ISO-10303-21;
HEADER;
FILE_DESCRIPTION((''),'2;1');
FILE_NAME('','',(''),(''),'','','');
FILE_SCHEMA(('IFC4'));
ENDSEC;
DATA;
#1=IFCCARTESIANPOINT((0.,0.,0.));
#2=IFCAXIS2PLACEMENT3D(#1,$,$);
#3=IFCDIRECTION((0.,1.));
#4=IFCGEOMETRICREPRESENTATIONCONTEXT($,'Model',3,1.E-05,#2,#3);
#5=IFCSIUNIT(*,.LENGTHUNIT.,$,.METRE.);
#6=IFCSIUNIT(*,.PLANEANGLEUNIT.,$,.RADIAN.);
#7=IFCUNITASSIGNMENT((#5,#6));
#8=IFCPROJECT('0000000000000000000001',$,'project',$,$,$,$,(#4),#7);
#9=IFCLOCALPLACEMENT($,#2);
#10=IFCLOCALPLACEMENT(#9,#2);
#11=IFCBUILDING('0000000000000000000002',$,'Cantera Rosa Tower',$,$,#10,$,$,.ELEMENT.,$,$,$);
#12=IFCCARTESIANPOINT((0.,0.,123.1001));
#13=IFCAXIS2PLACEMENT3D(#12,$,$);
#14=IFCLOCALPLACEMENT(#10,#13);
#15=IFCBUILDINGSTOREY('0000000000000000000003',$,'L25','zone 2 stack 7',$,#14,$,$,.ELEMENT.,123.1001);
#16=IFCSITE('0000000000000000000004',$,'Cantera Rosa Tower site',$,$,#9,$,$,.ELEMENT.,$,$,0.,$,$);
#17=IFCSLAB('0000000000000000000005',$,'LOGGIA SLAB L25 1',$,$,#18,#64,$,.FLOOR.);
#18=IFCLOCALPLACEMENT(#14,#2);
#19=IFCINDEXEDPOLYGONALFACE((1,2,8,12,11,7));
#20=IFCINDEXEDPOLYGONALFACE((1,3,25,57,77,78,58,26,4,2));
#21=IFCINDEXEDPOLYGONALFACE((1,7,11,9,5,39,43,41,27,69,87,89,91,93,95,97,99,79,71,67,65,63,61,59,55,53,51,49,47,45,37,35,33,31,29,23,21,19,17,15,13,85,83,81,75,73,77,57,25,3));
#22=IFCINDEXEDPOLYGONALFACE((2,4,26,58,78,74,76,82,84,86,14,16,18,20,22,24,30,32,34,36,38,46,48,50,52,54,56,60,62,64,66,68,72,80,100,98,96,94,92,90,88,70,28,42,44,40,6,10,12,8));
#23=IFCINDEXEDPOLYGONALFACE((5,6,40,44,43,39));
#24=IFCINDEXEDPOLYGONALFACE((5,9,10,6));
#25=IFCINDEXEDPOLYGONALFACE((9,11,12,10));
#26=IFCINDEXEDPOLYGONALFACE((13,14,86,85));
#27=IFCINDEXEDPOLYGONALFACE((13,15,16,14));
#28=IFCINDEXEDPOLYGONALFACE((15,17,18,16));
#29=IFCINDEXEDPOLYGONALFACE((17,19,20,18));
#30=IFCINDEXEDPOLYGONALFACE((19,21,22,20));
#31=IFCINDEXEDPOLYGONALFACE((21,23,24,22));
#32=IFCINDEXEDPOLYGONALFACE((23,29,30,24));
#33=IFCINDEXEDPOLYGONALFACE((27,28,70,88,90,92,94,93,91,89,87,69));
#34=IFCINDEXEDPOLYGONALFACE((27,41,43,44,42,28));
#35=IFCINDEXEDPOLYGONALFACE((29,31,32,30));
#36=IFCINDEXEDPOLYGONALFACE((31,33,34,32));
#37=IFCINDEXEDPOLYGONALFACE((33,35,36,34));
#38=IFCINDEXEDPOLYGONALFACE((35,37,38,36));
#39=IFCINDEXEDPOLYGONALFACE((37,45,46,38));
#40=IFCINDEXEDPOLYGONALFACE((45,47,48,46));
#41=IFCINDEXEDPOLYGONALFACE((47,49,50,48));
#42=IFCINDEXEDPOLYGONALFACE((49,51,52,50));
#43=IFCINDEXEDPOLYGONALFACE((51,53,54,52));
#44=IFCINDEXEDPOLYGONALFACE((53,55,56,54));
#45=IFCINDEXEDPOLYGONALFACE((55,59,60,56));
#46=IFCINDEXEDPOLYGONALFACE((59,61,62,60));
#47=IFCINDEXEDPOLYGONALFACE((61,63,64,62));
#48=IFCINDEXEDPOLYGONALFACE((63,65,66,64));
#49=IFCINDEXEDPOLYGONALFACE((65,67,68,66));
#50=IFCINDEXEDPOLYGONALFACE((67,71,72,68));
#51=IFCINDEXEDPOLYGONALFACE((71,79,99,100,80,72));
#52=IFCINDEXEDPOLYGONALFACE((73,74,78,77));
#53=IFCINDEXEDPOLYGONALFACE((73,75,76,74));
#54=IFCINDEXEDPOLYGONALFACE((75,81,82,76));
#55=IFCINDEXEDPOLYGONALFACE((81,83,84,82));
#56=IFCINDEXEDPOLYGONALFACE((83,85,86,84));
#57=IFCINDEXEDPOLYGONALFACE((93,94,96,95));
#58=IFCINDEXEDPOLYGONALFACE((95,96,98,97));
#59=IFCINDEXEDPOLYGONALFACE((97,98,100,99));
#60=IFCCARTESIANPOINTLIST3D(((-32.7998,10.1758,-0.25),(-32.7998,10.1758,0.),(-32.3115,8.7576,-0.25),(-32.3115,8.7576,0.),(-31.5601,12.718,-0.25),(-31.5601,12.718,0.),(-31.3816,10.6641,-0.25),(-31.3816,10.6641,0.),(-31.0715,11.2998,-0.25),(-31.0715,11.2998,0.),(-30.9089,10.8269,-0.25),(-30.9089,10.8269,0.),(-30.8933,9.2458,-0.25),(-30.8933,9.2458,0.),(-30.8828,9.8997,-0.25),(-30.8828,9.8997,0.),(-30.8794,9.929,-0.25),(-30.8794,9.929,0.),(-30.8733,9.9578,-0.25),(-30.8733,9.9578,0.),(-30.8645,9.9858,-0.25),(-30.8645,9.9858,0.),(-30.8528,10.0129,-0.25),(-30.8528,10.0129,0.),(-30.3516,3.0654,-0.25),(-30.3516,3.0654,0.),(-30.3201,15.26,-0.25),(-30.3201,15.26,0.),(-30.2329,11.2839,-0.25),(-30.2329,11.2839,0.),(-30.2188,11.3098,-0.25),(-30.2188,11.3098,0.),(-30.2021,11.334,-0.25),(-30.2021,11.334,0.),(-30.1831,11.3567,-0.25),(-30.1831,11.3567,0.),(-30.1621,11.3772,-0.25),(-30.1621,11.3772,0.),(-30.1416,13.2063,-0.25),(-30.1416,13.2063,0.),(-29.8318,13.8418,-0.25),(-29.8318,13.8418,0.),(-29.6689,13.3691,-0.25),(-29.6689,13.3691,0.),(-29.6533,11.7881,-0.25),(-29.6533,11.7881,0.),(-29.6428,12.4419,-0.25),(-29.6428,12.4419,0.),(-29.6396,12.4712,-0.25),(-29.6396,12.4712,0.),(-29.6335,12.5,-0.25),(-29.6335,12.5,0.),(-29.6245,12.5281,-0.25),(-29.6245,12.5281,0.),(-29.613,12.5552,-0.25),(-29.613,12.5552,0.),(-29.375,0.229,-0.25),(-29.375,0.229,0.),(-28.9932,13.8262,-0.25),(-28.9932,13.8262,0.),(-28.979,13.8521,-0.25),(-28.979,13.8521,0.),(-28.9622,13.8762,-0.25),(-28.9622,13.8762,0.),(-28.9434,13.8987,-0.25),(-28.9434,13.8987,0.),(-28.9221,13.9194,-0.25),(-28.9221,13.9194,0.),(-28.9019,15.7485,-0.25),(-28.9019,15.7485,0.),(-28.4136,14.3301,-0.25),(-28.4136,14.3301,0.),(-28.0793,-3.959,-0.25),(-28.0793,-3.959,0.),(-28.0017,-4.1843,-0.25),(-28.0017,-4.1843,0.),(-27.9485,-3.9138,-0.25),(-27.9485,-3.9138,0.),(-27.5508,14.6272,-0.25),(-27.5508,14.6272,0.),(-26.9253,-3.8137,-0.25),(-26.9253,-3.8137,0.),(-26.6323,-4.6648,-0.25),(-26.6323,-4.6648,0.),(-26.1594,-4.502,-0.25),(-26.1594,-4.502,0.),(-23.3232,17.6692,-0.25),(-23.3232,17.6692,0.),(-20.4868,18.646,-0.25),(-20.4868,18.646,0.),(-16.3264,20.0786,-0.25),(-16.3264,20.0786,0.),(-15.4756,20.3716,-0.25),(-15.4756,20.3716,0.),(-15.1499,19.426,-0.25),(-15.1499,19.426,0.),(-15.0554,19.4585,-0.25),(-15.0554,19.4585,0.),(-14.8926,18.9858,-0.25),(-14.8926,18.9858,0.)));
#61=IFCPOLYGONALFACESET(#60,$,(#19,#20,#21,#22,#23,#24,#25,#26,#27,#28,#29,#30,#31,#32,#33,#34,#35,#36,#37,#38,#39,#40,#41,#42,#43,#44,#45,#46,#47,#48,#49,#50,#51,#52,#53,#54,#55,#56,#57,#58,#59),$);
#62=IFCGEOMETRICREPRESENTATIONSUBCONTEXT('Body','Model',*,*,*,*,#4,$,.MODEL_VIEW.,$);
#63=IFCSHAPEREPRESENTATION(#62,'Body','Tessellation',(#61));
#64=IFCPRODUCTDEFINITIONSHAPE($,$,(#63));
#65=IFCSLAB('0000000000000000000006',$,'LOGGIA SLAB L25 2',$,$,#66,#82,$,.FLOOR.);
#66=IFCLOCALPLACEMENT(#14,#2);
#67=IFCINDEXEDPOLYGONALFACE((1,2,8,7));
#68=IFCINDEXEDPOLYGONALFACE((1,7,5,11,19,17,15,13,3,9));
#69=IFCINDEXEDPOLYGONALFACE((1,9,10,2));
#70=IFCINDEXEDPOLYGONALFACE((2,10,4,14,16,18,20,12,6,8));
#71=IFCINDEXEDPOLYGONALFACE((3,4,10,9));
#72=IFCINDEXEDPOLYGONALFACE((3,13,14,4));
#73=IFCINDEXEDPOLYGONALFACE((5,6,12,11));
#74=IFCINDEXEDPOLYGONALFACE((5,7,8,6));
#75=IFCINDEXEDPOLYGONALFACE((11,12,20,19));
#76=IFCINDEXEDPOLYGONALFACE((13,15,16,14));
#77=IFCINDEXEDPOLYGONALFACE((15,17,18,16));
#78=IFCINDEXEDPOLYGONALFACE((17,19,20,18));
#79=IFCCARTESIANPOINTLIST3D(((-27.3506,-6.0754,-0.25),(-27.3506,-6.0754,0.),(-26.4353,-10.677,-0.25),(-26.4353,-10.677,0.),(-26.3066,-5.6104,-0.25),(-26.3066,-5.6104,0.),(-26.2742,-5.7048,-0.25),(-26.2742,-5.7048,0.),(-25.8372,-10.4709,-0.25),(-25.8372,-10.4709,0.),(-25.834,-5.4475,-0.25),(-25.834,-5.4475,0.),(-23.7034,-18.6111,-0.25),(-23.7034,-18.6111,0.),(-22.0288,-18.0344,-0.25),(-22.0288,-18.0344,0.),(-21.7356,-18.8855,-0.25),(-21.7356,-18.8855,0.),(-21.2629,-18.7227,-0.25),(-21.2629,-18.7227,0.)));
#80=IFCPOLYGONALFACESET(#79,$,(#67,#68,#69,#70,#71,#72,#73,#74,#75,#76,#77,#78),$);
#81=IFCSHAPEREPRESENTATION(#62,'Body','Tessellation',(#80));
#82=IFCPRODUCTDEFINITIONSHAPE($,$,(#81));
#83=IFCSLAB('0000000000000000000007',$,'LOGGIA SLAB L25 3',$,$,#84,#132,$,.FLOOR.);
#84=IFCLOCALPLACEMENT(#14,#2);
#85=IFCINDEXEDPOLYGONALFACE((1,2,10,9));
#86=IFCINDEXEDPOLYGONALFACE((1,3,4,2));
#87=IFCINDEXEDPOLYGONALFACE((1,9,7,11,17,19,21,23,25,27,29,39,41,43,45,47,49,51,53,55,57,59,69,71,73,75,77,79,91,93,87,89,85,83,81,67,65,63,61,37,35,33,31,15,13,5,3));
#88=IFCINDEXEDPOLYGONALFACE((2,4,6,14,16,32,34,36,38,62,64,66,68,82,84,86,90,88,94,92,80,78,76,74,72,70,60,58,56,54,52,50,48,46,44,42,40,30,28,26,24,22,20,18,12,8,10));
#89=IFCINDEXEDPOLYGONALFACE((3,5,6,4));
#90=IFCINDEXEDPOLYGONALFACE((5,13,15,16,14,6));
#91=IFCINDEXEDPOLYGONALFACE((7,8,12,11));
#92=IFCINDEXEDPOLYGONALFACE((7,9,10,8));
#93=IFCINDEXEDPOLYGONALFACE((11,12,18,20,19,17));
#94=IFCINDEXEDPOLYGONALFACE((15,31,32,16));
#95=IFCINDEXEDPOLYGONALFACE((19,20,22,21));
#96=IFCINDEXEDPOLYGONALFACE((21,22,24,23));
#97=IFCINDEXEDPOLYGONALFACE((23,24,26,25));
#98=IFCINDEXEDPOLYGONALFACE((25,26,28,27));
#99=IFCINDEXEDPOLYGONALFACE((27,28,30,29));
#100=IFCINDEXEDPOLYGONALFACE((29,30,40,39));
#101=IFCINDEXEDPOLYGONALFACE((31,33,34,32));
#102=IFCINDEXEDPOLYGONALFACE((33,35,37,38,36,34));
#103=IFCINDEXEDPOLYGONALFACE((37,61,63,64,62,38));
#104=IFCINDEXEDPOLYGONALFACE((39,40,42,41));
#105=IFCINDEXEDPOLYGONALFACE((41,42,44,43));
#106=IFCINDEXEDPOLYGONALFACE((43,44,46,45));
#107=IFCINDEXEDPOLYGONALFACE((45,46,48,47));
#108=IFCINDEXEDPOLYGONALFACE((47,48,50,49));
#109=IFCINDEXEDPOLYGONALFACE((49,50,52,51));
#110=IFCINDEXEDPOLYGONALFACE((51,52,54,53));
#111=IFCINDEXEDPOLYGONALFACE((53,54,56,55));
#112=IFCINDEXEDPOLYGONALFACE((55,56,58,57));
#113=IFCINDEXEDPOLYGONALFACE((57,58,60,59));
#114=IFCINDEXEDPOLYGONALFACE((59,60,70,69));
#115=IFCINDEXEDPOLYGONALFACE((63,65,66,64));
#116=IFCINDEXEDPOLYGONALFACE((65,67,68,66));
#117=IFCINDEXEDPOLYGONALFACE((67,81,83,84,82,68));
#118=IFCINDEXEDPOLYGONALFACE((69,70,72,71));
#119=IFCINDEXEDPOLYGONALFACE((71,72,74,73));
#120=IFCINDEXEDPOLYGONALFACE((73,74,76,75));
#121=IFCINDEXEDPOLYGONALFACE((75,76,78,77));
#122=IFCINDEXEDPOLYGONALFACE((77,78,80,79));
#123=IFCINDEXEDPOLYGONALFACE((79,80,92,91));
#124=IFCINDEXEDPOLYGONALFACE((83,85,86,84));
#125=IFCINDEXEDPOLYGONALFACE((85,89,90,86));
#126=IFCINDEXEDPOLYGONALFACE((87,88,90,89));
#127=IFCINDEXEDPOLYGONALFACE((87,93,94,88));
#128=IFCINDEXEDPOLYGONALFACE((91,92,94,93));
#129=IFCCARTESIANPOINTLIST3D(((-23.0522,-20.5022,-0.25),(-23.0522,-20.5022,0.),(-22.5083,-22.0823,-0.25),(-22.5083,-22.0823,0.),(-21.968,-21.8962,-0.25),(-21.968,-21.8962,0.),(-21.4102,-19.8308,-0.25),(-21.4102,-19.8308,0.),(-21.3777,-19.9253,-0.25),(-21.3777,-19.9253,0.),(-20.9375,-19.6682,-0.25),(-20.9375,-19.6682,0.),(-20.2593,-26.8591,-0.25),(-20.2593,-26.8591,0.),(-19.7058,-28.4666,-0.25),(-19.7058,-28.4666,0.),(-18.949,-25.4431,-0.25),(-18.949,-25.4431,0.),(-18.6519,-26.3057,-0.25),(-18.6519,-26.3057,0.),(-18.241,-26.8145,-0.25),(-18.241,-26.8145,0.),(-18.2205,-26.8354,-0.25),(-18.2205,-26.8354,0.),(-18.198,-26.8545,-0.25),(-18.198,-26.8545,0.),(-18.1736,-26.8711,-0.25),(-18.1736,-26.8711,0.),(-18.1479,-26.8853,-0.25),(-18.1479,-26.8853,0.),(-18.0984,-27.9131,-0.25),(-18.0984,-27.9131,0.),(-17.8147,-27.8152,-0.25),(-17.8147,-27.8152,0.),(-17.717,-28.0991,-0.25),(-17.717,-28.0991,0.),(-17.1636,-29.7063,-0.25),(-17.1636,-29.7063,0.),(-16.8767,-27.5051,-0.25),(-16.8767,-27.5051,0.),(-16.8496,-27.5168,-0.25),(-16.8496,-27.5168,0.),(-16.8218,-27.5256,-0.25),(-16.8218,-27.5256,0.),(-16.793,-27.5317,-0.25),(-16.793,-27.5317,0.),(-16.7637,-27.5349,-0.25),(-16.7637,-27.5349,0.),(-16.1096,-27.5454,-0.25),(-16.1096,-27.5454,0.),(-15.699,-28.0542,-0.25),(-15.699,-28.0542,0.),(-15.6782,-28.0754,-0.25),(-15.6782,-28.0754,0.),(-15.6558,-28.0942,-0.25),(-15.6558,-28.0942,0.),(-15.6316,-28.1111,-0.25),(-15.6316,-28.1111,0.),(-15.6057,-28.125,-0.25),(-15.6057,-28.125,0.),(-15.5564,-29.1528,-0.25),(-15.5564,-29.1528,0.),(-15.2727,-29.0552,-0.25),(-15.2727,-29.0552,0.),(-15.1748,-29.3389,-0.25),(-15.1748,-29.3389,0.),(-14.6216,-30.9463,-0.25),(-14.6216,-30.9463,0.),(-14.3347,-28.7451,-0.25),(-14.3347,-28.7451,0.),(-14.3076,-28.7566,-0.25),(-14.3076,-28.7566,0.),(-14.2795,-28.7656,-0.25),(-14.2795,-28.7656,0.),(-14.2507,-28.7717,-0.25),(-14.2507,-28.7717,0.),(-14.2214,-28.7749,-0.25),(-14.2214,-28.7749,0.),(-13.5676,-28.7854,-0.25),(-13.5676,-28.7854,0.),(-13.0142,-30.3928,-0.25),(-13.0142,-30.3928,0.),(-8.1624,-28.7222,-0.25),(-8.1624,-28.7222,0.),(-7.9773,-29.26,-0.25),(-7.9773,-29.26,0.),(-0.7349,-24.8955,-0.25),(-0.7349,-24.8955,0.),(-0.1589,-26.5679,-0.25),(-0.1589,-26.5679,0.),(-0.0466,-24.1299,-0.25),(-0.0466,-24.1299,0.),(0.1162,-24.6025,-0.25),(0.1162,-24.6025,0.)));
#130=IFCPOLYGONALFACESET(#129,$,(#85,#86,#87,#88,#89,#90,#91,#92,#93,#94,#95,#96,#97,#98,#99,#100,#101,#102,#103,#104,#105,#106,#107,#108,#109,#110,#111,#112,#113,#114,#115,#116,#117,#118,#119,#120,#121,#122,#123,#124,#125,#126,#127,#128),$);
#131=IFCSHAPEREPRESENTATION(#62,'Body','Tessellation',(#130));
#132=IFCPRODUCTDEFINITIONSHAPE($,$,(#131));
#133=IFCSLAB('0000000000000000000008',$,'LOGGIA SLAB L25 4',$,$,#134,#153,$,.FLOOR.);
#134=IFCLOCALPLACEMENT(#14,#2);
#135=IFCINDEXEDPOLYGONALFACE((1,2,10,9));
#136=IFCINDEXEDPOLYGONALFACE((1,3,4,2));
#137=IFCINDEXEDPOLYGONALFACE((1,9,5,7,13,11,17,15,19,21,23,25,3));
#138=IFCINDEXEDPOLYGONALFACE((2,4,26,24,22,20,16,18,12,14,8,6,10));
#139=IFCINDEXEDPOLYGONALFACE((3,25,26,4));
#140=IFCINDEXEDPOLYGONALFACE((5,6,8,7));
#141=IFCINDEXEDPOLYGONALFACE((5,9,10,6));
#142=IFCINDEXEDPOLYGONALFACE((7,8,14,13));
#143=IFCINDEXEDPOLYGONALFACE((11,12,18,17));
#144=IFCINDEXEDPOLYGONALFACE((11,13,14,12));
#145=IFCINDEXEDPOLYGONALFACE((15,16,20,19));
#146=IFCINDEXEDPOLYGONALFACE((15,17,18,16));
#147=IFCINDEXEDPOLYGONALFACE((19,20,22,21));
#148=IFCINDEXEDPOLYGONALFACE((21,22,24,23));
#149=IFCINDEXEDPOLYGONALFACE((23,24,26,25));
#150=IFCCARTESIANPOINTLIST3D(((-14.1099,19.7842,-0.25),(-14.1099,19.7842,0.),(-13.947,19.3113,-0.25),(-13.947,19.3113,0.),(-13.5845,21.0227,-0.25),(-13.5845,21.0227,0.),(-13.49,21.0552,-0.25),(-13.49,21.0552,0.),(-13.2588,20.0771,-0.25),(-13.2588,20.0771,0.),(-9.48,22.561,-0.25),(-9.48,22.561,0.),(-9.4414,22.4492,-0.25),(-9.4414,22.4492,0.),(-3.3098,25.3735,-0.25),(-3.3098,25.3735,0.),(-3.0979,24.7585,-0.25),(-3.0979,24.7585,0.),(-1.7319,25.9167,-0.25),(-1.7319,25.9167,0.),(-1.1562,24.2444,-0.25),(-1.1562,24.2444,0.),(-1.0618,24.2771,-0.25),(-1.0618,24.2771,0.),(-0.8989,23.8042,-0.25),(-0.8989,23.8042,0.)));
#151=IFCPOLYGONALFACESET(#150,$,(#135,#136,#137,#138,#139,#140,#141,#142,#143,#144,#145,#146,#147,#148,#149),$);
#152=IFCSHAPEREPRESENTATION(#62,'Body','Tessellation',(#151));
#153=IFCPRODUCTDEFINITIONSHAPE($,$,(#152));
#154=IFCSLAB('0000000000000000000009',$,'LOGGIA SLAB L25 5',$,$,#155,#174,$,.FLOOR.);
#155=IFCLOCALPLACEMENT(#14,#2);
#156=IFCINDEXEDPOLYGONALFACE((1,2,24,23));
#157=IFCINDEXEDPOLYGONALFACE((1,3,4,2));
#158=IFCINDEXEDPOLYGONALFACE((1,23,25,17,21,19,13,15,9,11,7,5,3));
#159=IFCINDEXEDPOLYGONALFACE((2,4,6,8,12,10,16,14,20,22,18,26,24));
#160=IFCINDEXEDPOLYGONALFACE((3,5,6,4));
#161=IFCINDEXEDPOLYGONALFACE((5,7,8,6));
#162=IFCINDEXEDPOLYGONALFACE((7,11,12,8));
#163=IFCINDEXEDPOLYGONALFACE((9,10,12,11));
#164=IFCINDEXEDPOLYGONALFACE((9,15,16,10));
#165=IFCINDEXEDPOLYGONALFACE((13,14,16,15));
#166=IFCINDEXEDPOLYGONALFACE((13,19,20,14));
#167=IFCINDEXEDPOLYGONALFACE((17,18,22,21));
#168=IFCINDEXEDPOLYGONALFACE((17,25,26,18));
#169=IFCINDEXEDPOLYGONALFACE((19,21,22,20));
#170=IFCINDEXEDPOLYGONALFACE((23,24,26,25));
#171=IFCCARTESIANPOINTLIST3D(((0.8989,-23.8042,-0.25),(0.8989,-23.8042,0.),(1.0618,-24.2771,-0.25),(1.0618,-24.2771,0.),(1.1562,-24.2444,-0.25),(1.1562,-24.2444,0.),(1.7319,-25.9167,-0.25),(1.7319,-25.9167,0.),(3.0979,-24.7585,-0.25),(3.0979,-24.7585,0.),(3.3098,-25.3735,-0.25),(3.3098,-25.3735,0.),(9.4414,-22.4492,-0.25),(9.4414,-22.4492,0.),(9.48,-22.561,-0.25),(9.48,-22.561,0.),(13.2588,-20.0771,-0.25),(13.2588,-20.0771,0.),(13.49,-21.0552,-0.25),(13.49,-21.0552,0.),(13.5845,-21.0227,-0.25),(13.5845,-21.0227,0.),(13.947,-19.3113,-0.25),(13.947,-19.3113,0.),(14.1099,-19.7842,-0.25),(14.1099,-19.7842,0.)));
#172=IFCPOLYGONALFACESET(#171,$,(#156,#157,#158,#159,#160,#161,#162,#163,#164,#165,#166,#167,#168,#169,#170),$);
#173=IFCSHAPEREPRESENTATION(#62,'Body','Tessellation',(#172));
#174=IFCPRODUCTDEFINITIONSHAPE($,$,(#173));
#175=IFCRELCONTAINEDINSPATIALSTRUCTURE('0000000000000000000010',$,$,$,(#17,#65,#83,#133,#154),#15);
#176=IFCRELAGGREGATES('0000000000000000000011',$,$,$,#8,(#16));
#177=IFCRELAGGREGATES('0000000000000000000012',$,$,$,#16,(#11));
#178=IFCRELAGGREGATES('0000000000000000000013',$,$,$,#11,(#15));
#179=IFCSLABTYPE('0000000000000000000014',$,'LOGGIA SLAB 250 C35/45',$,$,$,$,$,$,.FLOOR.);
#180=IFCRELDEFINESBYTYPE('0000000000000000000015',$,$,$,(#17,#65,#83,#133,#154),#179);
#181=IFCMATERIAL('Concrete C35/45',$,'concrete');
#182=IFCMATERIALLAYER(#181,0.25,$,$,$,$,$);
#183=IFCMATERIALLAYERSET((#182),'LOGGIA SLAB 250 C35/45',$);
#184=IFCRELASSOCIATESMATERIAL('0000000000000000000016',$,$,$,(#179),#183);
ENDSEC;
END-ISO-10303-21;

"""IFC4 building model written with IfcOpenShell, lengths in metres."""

from ifc_helpers import new_model, si_unit, direction, frame, origin, place, context, subcontext, project, spatial, polyline, outline, extrude, material, layer, layer_set, type_object, element, save


model = new_model("IFC4")

# Units and contexts
model_context = context("Model", 3, precision=1e-05, world=origin(), true_north=direction((0.0, 1.0)))
body_context = subcontext(model_context, "Body", "Model", "MODEL_VIEW")
ifc_project = project(units=[si_unit("LENGTHUNIT", "METRE"), si_unit("PLANEANGLEUNIT", "RADIAN")], contexts=[model_context])

# Site, building, storey
site_placement = place(None, origin())
site = spatial("IfcSite", under=ifc_project, at=site_placement, Name="Cantera Rosa Tower site", CompositionType="ELEMENT", RefElevation=0.0)
building_placement = place(site_placement, origin())
building = spatial("IfcBuilding", under=site, at=building_placement, Name="Cantera Rosa Tower", CompositionType="ELEMENT")
storey_placement = place(building_placement, frame((0.0, 0.0, 123.1001)))
storey = spatial("IfcBuildingStorey", under=building, at=storey_placement, Name="L25", Description="zone 2 stack 7", CompositionType="ELEMENT", Elevation=123.1001)

# Slabs
ifc_material_1 = material(Name="Concrete C35/45", Category="concrete")
ifc_layer_1 = layer(ifc_material_1, 0.25)
ifc_layer_set_1 = layer_set([ifc_layer_1], Name="LOGGIA SLAB 250 C35/45")
slab_type_1 = type_object("IfcSlabType", Name="LOGGIA SLAB 250 C35/45", PredefinedType="FLOOR", material=ifc_layer_set_1)
slab_1_placement = place(storey_placement, frame((0.0, 0.0, -0.25)))
element("IfcSlab", 1, at=slab_1_placement, inside=storey, type_object=slab_type_1, Name="LOGGIA SLAB L25 1", PredefinedType="FLOOR", context=body_context, shape_type="SweptSolid", body=[
    extrude(outline(polyline([(-32.7998, 10.1758), (-31.3816, 10.6641), (-30.9089, 10.8269), (-31.0715, 11.2998), (-31.5601, 12.718), (-30.1416, 13.2063), (-29.6689, 13.3691), (-29.8318, 13.8418), (-30.3201, 15.26), (-28.9019, 15.7485), (-23.3232, 17.6692), (-20.4868, 18.646), (-16.3264, 20.0786), (-15.4756, 20.3716), (-15.1499, 19.426), (-15.0554, 19.4585), (-14.8926, 18.9858), (-27.5508, 14.6272), (-28.4136, 14.3301), (-28.9221, 13.9194), (-28.9434, 13.8987), (-28.9622, 13.8762), (-28.979, 13.8521), (-28.9932, 13.8262), (-29.613, 12.5552), (-29.6245, 12.5281), (-29.6335, 12.5), (-29.6396, 12.4712), (-29.6428, 12.4419), (-29.6533, 11.7881), (-30.1621, 11.3772), (-30.1831, 11.3567), (-30.2021, 11.334), (-30.2188, 11.3098), (-30.2329, 11.2839), (-30.8528, 10.0129), (-30.8645, 9.9858), (-30.8733, 9.9578), (-30.8794, 9.929), (-30.8828, 9.8997), (-30.8933, 9.2458), (-26.1594, -4.502), (-26.6323, -4.6648), (-26.9253, -3.8137), (-28.0017, -4.1843), (-28.0793, -3.959), (-27.9485, -3.9138), (-29.375, 0.229), (-30.3516, 3.0654), (-32.3115, 8.7576), (-32.7998, 10.1758)])), origin(), (0.0, 0.0, 1.0), 0.25),
])
slab_2_placement = place(storey_placement, frame((0.0, 0.0, -0.25)))
element("IfcSlab", 2, at=slab_2_placement, inside=storey, type_object=slab_type_1, Name="LOGGIA SLAB L25 2", PredefinedType="FLOOR", context=body_context, shape_type="SweptSolid", body=[
    extrude(outline(polyline([(-25.834, -5.4475), (-21.2629, -18.7227), (-21.7356, -18.8855), (-22.0288, -18.0344), (-23.7034, -18.6111), (-26.4353, -10.677), (-25.8372, -10.4709), (-27.3506, -6.0754), (-26.2742, -5.7048), (-26.3066, -5.6104), (-25.834, -5.4475)])), origin(), (0.0, 0.0, 1.0), 0.25),
])
slab_3_placement = place(storey_placement, frame((0.0, 0.0, -0.25)))
element("IfcSlab", 3, at=slab_3_placement, inside=storey, type_object=slab_type_1, Name="LOGGIA SLAB L25 3", PredefinedType="FLOOR", context=body_context, shape_type="SweptSolid", body=[
    extrude(outline(polyline([(-15.1748, -29.3389), (-15.2727, -29.0552), (-15.5564, -29.1528), (-17.1636, -29.7063), (-17.717, -28.0991), (-17.8147, -27.8152), (-18.0984, -27.9131), (-19.7058, -28.4666), (-20.2593, -26.8591), (-21.968, -21.8962), (-22.5083, -22.0823), (-23.0522, -20.5022), (-21.3777, -19.9253), (-21.4102, -19.8308), (-20.9375, -19.6682), (-18.949, -25.4431), (-18.6519, -26.3057), (-18.241, -26.8145), (-18.2205, -26.8354), (-18.198, -26.8545), (-18.1736, -26.8711), (-18.1479, -26.8853), (-16.8767, -27.5051), (-16.8496, -27.5168), (-16.8218, -27.5256), (-16.793, -27.5317), (-16.7637, -27.5349), (-16.1096, -27.5454), (-15.699, -28.0542), (-15.6782, -28.0754), (-15.6558, -28.0942), (-15.6316, -28.1111), (-15.6057, -28.125), (-14.3347, -28.7451), (-14.3076, -28.7566), (-14.2795, -28.7656), (-14.2507, -28.7717), (-14.2214, -28.7749), (-13.5676, -28.7854), (-0.0466, -24.1299), (0.1162, -24.6025), (-0.7349, -24.8955), (-0.1589, -26.5679), (-7.9773, -29.26), (-8.1624, -28.7222), (-13.0142, -30.3928), (-14.6216, -30.9463), (-15.1748, -29.3389)])), origin(), (0.0, 0.0, 1.0), 0.25),
])
slab_4_placement = place(storey_placement, frame((0.0, 0.0, -0.25)))
element("IfcSlab", 4, at=slab_4_placement, inside=storey, type_object=slab_type_1, Name="LOGGIA SLAB L25 4", PredefinedType="FLOOR", context=body_context, shape_type="SweptSolid", body=[
    extrude(outline(polyline([(-1.7319, 25.9167), (-1.1562, 24.2444), (-1.0618, 24.2771), (-0.8989, 23.8042), (-13.947, 19.3113), (-14.1099, 19.7842), (-13.2588, 20.0771), (-13.5845, 21.0227), (-13.49, 21.0552), (-9.4414, 22.4492), (-9.48, 22.561), (-3.0979, 24.7585), (-3.3098, 25.3735), (-1.7319, 25.9167)])), origin(), (0.0, 0.0, 1.0), 0.25),
])
slab_5_placement = place(storey_placement, frame((0.0, 0.0, -0.25)))
element("IfcSlab", 5, at=slab_5_placement, inside=storey, type_object=slab_type_1, Name="LOGGIA SLAB L25 5", PredefinedType="FLOOR", context=body_context, shape_type="SweptSolid", body=[
    extrude(outline(polyline([(14.1099, -19.7842), (13.2588, -20.0771), (13.5845, -21.0227), (13.49, -21.0552), (9.4414, -22.4492), (9.48, -22.561), (3.0979, -24.7585), (3.3098, -25.3735), (1.7319, -25.9167), (1.1562, -24.2444), (1.0618, -24.2771), (0.8989, -23.8042), (13.947, -19.3113), (14.1099, -19.7842)])), origin(), (0.0, 0.0, 1.0), 0.25),
])

save(model, "model.ifc")
